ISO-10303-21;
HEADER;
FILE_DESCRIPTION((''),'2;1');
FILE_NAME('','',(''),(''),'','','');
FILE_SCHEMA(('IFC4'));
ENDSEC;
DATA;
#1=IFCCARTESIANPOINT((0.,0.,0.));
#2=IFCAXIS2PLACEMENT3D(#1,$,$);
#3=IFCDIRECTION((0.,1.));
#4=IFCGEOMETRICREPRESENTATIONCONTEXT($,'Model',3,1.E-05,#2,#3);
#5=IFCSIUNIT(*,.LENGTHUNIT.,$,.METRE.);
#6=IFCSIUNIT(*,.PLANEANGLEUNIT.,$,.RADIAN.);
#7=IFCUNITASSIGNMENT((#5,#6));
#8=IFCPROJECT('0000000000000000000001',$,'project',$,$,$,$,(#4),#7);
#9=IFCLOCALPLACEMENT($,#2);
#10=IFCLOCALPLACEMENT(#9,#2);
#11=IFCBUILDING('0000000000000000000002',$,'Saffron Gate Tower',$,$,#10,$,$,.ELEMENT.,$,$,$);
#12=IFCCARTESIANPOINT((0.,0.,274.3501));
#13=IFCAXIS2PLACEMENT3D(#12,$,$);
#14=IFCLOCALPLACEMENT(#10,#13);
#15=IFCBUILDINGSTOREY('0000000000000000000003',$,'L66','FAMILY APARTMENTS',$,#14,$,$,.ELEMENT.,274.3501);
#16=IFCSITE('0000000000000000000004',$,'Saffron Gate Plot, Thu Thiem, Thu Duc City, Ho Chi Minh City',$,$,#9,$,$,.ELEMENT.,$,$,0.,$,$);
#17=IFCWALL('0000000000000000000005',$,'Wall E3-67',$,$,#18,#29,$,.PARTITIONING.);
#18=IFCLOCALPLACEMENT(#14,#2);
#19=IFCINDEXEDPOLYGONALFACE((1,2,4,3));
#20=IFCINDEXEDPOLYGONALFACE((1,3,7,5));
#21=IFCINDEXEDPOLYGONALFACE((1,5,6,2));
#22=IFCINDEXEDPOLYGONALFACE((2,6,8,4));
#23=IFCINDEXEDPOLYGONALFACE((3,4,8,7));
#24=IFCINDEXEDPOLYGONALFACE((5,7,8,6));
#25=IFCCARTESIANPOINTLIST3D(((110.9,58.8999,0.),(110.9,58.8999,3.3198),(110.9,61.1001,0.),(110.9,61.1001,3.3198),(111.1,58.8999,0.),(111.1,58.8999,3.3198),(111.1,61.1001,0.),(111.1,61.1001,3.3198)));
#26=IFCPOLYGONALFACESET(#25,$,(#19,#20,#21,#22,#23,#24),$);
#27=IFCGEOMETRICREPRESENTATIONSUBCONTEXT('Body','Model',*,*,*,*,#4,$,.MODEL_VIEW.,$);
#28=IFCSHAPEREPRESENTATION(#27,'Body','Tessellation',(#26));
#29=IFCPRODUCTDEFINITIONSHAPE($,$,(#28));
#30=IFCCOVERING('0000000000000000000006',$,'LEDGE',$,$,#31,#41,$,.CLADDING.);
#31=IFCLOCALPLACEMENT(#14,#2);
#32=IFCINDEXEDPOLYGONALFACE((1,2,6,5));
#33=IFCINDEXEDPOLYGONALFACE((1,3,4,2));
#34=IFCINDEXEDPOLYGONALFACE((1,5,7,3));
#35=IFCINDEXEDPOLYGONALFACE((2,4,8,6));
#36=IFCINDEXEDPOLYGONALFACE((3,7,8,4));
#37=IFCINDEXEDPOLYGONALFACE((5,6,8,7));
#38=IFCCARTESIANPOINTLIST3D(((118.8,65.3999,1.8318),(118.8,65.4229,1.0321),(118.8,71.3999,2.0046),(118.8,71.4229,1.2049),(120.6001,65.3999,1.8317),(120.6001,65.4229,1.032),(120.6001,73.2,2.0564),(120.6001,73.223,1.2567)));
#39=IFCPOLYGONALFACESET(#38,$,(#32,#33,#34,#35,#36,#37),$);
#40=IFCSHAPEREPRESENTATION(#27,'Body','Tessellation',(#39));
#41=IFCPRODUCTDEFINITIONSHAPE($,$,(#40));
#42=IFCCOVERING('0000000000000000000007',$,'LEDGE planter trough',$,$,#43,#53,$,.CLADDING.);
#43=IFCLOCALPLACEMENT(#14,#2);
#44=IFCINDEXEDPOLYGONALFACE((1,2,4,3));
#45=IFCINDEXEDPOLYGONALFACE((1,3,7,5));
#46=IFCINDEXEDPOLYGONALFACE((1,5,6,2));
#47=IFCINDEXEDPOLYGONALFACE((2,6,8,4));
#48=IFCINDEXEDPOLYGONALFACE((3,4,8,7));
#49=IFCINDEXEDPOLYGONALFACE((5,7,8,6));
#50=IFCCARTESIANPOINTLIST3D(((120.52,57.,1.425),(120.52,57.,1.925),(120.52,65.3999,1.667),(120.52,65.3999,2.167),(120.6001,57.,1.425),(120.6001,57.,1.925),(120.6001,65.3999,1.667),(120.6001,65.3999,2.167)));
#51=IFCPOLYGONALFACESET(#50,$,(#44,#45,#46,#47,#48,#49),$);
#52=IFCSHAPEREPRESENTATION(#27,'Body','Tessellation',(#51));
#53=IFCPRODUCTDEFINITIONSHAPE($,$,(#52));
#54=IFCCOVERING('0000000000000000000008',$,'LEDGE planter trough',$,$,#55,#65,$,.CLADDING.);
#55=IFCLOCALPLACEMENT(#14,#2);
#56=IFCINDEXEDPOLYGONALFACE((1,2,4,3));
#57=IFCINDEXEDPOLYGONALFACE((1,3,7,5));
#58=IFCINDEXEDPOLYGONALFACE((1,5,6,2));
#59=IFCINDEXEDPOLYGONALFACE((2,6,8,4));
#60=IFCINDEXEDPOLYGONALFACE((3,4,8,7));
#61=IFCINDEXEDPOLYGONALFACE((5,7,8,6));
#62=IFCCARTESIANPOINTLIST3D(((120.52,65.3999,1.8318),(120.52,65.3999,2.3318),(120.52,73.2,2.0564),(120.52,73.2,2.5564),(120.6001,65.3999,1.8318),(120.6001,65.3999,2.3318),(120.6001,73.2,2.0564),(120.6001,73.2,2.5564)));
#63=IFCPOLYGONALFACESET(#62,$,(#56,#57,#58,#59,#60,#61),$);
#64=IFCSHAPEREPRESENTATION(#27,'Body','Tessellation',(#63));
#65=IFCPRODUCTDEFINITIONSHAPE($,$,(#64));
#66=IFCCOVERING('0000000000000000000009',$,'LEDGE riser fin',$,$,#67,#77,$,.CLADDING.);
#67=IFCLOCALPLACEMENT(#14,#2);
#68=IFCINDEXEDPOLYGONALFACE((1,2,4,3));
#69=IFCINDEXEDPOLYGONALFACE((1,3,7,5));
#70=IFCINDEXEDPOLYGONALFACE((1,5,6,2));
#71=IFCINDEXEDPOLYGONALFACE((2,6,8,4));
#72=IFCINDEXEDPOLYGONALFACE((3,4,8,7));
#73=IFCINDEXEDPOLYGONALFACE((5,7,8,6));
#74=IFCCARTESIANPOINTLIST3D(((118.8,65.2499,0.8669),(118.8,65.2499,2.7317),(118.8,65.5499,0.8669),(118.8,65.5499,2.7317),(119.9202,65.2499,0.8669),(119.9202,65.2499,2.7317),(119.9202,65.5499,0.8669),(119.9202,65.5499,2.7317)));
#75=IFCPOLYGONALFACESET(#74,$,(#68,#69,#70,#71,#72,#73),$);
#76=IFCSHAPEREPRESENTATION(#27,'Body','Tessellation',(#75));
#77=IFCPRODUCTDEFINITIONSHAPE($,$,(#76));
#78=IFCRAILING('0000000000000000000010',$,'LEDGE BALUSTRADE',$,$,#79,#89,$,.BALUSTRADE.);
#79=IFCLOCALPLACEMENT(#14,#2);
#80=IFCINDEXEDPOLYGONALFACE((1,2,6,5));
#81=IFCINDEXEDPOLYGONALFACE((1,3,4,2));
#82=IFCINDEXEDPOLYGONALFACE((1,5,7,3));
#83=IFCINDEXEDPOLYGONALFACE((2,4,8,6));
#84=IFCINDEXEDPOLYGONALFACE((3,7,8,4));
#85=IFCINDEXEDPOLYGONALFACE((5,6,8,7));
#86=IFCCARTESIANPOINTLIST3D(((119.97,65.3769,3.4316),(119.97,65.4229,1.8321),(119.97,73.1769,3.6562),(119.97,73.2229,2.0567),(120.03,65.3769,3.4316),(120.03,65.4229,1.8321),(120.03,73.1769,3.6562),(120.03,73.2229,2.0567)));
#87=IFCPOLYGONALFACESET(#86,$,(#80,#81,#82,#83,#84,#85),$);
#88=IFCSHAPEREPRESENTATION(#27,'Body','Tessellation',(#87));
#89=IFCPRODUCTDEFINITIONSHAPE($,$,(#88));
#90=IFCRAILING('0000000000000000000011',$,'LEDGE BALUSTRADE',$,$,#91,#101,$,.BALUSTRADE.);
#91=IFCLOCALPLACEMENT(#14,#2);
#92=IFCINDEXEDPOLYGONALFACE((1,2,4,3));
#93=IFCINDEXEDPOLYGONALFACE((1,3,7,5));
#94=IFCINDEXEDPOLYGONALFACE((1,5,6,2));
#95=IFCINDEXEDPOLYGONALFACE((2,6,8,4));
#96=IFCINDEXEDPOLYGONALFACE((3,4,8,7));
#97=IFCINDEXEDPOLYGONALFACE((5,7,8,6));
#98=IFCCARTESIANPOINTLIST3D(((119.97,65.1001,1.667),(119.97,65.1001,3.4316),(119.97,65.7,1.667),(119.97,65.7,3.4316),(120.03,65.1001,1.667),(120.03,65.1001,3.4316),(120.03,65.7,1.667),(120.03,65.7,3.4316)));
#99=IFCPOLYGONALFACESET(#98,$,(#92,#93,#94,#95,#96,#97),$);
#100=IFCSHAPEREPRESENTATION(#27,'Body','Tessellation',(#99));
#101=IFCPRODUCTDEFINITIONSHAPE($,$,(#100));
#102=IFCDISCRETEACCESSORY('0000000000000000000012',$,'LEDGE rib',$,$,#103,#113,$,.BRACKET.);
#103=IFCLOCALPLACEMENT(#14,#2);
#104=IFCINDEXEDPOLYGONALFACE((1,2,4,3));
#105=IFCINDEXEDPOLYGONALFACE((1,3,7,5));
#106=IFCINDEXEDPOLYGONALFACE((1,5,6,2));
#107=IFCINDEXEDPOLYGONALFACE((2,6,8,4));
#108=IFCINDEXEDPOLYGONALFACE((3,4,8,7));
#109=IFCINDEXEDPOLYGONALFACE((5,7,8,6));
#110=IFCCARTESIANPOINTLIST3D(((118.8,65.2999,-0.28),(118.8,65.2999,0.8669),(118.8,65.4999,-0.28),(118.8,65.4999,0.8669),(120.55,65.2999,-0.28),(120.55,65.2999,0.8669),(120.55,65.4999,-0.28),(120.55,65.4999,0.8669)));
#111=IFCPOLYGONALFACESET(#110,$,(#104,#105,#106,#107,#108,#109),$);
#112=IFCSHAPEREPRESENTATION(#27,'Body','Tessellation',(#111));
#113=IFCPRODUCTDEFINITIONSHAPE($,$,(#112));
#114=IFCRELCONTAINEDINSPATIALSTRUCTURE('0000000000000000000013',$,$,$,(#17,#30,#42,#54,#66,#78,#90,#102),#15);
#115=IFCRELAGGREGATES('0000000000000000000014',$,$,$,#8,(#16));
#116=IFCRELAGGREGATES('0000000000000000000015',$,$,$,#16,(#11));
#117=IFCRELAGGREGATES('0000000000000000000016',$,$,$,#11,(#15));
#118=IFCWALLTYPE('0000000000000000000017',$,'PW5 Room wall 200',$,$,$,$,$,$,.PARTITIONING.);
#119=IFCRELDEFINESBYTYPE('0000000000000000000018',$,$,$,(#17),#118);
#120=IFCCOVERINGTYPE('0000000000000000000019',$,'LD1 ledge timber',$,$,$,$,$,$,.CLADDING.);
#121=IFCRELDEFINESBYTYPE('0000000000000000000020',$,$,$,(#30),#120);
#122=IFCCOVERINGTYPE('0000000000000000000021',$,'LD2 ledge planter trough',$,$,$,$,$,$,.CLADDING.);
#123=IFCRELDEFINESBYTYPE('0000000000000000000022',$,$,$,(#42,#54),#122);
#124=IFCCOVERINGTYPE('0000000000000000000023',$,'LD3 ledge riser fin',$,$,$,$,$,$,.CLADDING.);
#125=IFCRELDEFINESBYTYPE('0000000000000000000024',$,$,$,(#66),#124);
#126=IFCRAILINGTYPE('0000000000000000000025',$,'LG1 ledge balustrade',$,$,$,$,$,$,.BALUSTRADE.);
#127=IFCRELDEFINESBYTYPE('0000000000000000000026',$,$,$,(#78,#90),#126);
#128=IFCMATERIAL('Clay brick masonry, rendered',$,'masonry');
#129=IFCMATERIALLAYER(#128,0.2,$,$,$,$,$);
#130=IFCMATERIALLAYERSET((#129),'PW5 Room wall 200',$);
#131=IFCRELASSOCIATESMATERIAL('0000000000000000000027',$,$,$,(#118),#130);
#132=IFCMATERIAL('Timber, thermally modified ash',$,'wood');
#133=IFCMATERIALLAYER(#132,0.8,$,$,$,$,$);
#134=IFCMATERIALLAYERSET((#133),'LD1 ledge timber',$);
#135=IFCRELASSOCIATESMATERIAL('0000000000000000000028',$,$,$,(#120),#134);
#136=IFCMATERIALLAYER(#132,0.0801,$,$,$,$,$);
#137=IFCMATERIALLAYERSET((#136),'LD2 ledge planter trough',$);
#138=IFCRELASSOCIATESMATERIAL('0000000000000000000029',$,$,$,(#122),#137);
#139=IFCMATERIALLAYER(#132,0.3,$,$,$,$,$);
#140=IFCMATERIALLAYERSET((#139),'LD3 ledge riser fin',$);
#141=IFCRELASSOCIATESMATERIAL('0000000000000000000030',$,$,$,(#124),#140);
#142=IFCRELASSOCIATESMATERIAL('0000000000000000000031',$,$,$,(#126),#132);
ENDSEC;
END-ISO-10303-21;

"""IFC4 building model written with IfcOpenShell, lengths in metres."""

from ifc_helpers import new_model, si_unit, direction, frame, frame_2d, origin, origin_2d, place, context, subcontext, project, spatial, polyline, rectangle, outline, extrude, material, layer, layer_set, type_object, element, save


model = new_model("IFC4")

# Units and contexts
model_context = context("Model", 3, precision=1e-05, world=origin(), true_north=direction((0.0, 1.0)))
body_context = subcontext(model_context, "Body", "Model", "MODEL_VIEW")
ifc_project = project(units=[si_unit("LENGTHUNIT", "METRE"), si_unit("PLANEANGLEUNIT", "RADIAN")], contexts=[model_context])

# Site, building, storey
site_placement = place(None, origin())
site = spatial("IfcSite", under=ifc_project, at=site_placement, Name="Saffron Gate Plot, Thu Thiem, Thu Duc City, Ho Chi Minh City", CompositionType="ELEMENT", RefElevation=0.0)
building_placement = place(site_placement, origin())
building = spatial("IfcBuilding", under=site, at=building_placement, Name="Saffron Gate Tower", CompositionType="ELEMENT")
storey_placement = place(building_placement, frame((0.0, 0.0, 274.3501)))
storey = spatial("IfcBuildingStorey", under=building, at=storey_placement, Name="L66", Description="FAMILY APARTMENTS", CompositionType="ELEMENT", Elevation=274.3501)

# Wall
ifc_material_1 = material(Name="Clay brick masonry, rendered", Category="masonry")
ifc_layer_1 = layer(ifc_material_1, 0.2)
ifc_layer_set_1 = layer_set([ifc_layer_1], Name="PW5 Room wall 200")
wall_type_1 = type_object("IfcWallType", Name="PW5 Room wall 200", PredefinedType="PARTITIONING", material=ifc_layer_set_1)
wall_1_placement = place(storey_placement, frame((111.0, 61.1001, 0.0), z_axis=(0.0, 0.0, 1.0), x_axis=(0.0, -1.0, 0.0)))
element("IfcWall", 1, at=wall_1_placement, inside=storey, type_object=wall_type_1, Name="Wall E3-67", PredefinedType="PARTITIONING", context=body_context, shape_type="SweptSolid", body=[
    extrude(rectangle(XDim=2.2002, YDim=0.2, at=frame_2d((1.1001, 0.0))), origin(), (0.0, 0.0, 1.0), 3.3198),
])

# Coverings
ifc_material_2 = material(Name="Timber, thermally modified ash", Category="wood")
ifc_layer_2 = layer(ifc_material_2, 0.8)
ifc_layer_set_2 = layer_set([ifc_layer_2], Name="LD1 ledge timber")
covering_type_1 = type_object("IfcCoveringType", Name="LD1 ledge timber", PredefinedType="CLADDING", material=ifc_layer_set_2)
covering_1_placement = place(storey_placement, frame((118.8, 65.3999, 1.8318), z_axis=(0.000024, -0.028789, 0.999585), x_axis=(0.0, 0.999585, 0.028789)))
element("IfcCovering", 2, at=covering_1_placement, inside=storey, type_object=covering_type_1, Name="LEDGE", PredefinedType="CLADDING", context=body_context, shape_type="SweptSolid", body=[
    extrude(outline(polyline([(0.0, 0.0), (6.0025, 0.0), (7.8033, -1.8), (0.0, -1.8), (0.0, 0.0)])), origin(), (0.0, 0.0, -1.0), 0.8),
])
ifc_layer_3 = layer(ifc_material_2, 0.0801)
ifc_layer_set_3 = layer_set([ifc_layer_3], Name="LD2 ledge planter trough")
covering_type_2 = type_object("IfcCoveringType", Name="LD2 ledge planter trough", PredefinedType="CLADDING", material=ifc_layer_set_3)
covering_2_placement = place(storey_placement, frame((120.6001, 57.0, 1.425), z_axis=(1.0, 0.0, 0.0), x_axis=(0.0, 0.999585, 0.028791)))
element("IfcCovering", 3, at=covering_2_placement, inside=storey, type_object=covering_type_2, Name="LEDGE planter trough", PredefinedType="CLADDING", context=body_context, shape_type="SweptSolid", body=[
    extrude(outline(polyline([(0.0, 0.0), (8.4034, 0.0), (8.4178, 0.4998), (0.0144, 0.4998), (0.0, 0.0)])), origin(), (0.0, 0.0, -1.0), 0.0801),
])
covering_3_placement = place(storey_placement, frame((120.6001, 65.3999, 1.8318), z_axis=(1.0, 0.0, 0.0), x_axis=(0.0, 0.999586, 0.028784)))
element("IfcCovering", 4, at=covering_3_placement, inside=storey, type_object=covering_type_2, Name="LEDGE planter trough", PredefinedType="CLADDING", context=body_context, shape_type="SweptSolid", body=[
    extrude(outline(polyline([(0.0, 0.0), (7.8033, 0.0), (7.8177, 0.4998), (0.0144, 0.4998), (0.0, 0.0)])), origin(), (0.0, 0.0, -1.0), 0.0801),
])
ifc_layer_4 = layer(ifc_material_2, 0.3)
ifc_layer_set_4 = layer_set([ifc_layer_4], Name="LD3 ledge riser fin")
covering_type_3 = type_object("IfcCoveringType", Name="LD3 ledge riser fin", PredefinedType="CLADDING", material=ifc_layer_set_4)
covering_4_placement = place(storey_placement, frame((119.3601, 65.3999, 0.8669), z_axis=(0.0, 0.0, 1.0), x_axis=(0.0, 1.0, 0.0)))
element("IfcCovering", 5, at=covering_4_placement, inside=storey, type_object=covering_type_3, Name="LEDGE riser fin", PredefinedType="CLADDING", context=body_context, shape_type="SweptSolid", body=[
    extrude(rectangle(XDim=0.3, YDim=1.1201, at=origin_2d()), origin(), (0.0, 0.0, 1.0), 1.8647),
])

# Railings
railing_type = type_object("IfcRailingType", Name="LG1 ledge balustrade", PredefinedType="BALUSTRADE", material=ifc_material_2)
railing_1_placement = place(storey_placement, frame((120.0, 65.3999, 1.8318)))
element("IfcRailing", 6, at=railing_1_placement, inside=storey, type_object=railing_type, Name="LEDGE BALUSTRADE", PredefinedType="BALUSTRADE", context=body_context, shape_type="SweptSolid", body=[
    extrude(rectangle(XDim=0.0601, YDim=1.6001, at=origin_2d()), frame((0.0, 0.0, 0.8), z_axis=(0.0, 0.999586, 0.028784), x_axis=(-1.0, 0.0, 0.0)), (0.0, 0.0, 1.0), 7.8032),
])
railing_2_placement = place(storey_placement, frame((120.0, 65.1001, 1.667)))
element("IfcRailing", 7, at=railing_2_placement, inside=storey, type_object=railing_type, Name="LEDGE BALUSTRADE", PredefinedType="BALUSTRADE", context=body_context, shape_type="SweptSolid", body=[
    extrude(rectangle(XDim=0.0601, YDim=1.7646, at=origin_2d()), frame((0.0, 0.0, 0.8823), z_axis=(0.0, 1.0, 0.0), x_axis=(-1.0, 0.0, 0.0)), (0.0, 0.0, 1.0), 0.5999),
])

# Discrete accessory
discrete_accessory_placement = place(storey_placement, frame((119.675, 65.3999, -0.28), z_axis=(0.0, 0.0, 1.0), x_axis=(0.0, 1.0, 0.0)))
element("IfcDiscreteAccessory", 8, at=discrete_accessory_placement, inside=storey, Name="LEDGE rib", PredefinedType="BRACKET", context=body_context, shape_type="SweptSolid", body=[
    extrude(rectangle(XDim=0.2, YDim=1.75, at=origin_2d()), origin(), (0.0, 0.0, 1.0), 1.147),
])

save(model, "model.ifc")
